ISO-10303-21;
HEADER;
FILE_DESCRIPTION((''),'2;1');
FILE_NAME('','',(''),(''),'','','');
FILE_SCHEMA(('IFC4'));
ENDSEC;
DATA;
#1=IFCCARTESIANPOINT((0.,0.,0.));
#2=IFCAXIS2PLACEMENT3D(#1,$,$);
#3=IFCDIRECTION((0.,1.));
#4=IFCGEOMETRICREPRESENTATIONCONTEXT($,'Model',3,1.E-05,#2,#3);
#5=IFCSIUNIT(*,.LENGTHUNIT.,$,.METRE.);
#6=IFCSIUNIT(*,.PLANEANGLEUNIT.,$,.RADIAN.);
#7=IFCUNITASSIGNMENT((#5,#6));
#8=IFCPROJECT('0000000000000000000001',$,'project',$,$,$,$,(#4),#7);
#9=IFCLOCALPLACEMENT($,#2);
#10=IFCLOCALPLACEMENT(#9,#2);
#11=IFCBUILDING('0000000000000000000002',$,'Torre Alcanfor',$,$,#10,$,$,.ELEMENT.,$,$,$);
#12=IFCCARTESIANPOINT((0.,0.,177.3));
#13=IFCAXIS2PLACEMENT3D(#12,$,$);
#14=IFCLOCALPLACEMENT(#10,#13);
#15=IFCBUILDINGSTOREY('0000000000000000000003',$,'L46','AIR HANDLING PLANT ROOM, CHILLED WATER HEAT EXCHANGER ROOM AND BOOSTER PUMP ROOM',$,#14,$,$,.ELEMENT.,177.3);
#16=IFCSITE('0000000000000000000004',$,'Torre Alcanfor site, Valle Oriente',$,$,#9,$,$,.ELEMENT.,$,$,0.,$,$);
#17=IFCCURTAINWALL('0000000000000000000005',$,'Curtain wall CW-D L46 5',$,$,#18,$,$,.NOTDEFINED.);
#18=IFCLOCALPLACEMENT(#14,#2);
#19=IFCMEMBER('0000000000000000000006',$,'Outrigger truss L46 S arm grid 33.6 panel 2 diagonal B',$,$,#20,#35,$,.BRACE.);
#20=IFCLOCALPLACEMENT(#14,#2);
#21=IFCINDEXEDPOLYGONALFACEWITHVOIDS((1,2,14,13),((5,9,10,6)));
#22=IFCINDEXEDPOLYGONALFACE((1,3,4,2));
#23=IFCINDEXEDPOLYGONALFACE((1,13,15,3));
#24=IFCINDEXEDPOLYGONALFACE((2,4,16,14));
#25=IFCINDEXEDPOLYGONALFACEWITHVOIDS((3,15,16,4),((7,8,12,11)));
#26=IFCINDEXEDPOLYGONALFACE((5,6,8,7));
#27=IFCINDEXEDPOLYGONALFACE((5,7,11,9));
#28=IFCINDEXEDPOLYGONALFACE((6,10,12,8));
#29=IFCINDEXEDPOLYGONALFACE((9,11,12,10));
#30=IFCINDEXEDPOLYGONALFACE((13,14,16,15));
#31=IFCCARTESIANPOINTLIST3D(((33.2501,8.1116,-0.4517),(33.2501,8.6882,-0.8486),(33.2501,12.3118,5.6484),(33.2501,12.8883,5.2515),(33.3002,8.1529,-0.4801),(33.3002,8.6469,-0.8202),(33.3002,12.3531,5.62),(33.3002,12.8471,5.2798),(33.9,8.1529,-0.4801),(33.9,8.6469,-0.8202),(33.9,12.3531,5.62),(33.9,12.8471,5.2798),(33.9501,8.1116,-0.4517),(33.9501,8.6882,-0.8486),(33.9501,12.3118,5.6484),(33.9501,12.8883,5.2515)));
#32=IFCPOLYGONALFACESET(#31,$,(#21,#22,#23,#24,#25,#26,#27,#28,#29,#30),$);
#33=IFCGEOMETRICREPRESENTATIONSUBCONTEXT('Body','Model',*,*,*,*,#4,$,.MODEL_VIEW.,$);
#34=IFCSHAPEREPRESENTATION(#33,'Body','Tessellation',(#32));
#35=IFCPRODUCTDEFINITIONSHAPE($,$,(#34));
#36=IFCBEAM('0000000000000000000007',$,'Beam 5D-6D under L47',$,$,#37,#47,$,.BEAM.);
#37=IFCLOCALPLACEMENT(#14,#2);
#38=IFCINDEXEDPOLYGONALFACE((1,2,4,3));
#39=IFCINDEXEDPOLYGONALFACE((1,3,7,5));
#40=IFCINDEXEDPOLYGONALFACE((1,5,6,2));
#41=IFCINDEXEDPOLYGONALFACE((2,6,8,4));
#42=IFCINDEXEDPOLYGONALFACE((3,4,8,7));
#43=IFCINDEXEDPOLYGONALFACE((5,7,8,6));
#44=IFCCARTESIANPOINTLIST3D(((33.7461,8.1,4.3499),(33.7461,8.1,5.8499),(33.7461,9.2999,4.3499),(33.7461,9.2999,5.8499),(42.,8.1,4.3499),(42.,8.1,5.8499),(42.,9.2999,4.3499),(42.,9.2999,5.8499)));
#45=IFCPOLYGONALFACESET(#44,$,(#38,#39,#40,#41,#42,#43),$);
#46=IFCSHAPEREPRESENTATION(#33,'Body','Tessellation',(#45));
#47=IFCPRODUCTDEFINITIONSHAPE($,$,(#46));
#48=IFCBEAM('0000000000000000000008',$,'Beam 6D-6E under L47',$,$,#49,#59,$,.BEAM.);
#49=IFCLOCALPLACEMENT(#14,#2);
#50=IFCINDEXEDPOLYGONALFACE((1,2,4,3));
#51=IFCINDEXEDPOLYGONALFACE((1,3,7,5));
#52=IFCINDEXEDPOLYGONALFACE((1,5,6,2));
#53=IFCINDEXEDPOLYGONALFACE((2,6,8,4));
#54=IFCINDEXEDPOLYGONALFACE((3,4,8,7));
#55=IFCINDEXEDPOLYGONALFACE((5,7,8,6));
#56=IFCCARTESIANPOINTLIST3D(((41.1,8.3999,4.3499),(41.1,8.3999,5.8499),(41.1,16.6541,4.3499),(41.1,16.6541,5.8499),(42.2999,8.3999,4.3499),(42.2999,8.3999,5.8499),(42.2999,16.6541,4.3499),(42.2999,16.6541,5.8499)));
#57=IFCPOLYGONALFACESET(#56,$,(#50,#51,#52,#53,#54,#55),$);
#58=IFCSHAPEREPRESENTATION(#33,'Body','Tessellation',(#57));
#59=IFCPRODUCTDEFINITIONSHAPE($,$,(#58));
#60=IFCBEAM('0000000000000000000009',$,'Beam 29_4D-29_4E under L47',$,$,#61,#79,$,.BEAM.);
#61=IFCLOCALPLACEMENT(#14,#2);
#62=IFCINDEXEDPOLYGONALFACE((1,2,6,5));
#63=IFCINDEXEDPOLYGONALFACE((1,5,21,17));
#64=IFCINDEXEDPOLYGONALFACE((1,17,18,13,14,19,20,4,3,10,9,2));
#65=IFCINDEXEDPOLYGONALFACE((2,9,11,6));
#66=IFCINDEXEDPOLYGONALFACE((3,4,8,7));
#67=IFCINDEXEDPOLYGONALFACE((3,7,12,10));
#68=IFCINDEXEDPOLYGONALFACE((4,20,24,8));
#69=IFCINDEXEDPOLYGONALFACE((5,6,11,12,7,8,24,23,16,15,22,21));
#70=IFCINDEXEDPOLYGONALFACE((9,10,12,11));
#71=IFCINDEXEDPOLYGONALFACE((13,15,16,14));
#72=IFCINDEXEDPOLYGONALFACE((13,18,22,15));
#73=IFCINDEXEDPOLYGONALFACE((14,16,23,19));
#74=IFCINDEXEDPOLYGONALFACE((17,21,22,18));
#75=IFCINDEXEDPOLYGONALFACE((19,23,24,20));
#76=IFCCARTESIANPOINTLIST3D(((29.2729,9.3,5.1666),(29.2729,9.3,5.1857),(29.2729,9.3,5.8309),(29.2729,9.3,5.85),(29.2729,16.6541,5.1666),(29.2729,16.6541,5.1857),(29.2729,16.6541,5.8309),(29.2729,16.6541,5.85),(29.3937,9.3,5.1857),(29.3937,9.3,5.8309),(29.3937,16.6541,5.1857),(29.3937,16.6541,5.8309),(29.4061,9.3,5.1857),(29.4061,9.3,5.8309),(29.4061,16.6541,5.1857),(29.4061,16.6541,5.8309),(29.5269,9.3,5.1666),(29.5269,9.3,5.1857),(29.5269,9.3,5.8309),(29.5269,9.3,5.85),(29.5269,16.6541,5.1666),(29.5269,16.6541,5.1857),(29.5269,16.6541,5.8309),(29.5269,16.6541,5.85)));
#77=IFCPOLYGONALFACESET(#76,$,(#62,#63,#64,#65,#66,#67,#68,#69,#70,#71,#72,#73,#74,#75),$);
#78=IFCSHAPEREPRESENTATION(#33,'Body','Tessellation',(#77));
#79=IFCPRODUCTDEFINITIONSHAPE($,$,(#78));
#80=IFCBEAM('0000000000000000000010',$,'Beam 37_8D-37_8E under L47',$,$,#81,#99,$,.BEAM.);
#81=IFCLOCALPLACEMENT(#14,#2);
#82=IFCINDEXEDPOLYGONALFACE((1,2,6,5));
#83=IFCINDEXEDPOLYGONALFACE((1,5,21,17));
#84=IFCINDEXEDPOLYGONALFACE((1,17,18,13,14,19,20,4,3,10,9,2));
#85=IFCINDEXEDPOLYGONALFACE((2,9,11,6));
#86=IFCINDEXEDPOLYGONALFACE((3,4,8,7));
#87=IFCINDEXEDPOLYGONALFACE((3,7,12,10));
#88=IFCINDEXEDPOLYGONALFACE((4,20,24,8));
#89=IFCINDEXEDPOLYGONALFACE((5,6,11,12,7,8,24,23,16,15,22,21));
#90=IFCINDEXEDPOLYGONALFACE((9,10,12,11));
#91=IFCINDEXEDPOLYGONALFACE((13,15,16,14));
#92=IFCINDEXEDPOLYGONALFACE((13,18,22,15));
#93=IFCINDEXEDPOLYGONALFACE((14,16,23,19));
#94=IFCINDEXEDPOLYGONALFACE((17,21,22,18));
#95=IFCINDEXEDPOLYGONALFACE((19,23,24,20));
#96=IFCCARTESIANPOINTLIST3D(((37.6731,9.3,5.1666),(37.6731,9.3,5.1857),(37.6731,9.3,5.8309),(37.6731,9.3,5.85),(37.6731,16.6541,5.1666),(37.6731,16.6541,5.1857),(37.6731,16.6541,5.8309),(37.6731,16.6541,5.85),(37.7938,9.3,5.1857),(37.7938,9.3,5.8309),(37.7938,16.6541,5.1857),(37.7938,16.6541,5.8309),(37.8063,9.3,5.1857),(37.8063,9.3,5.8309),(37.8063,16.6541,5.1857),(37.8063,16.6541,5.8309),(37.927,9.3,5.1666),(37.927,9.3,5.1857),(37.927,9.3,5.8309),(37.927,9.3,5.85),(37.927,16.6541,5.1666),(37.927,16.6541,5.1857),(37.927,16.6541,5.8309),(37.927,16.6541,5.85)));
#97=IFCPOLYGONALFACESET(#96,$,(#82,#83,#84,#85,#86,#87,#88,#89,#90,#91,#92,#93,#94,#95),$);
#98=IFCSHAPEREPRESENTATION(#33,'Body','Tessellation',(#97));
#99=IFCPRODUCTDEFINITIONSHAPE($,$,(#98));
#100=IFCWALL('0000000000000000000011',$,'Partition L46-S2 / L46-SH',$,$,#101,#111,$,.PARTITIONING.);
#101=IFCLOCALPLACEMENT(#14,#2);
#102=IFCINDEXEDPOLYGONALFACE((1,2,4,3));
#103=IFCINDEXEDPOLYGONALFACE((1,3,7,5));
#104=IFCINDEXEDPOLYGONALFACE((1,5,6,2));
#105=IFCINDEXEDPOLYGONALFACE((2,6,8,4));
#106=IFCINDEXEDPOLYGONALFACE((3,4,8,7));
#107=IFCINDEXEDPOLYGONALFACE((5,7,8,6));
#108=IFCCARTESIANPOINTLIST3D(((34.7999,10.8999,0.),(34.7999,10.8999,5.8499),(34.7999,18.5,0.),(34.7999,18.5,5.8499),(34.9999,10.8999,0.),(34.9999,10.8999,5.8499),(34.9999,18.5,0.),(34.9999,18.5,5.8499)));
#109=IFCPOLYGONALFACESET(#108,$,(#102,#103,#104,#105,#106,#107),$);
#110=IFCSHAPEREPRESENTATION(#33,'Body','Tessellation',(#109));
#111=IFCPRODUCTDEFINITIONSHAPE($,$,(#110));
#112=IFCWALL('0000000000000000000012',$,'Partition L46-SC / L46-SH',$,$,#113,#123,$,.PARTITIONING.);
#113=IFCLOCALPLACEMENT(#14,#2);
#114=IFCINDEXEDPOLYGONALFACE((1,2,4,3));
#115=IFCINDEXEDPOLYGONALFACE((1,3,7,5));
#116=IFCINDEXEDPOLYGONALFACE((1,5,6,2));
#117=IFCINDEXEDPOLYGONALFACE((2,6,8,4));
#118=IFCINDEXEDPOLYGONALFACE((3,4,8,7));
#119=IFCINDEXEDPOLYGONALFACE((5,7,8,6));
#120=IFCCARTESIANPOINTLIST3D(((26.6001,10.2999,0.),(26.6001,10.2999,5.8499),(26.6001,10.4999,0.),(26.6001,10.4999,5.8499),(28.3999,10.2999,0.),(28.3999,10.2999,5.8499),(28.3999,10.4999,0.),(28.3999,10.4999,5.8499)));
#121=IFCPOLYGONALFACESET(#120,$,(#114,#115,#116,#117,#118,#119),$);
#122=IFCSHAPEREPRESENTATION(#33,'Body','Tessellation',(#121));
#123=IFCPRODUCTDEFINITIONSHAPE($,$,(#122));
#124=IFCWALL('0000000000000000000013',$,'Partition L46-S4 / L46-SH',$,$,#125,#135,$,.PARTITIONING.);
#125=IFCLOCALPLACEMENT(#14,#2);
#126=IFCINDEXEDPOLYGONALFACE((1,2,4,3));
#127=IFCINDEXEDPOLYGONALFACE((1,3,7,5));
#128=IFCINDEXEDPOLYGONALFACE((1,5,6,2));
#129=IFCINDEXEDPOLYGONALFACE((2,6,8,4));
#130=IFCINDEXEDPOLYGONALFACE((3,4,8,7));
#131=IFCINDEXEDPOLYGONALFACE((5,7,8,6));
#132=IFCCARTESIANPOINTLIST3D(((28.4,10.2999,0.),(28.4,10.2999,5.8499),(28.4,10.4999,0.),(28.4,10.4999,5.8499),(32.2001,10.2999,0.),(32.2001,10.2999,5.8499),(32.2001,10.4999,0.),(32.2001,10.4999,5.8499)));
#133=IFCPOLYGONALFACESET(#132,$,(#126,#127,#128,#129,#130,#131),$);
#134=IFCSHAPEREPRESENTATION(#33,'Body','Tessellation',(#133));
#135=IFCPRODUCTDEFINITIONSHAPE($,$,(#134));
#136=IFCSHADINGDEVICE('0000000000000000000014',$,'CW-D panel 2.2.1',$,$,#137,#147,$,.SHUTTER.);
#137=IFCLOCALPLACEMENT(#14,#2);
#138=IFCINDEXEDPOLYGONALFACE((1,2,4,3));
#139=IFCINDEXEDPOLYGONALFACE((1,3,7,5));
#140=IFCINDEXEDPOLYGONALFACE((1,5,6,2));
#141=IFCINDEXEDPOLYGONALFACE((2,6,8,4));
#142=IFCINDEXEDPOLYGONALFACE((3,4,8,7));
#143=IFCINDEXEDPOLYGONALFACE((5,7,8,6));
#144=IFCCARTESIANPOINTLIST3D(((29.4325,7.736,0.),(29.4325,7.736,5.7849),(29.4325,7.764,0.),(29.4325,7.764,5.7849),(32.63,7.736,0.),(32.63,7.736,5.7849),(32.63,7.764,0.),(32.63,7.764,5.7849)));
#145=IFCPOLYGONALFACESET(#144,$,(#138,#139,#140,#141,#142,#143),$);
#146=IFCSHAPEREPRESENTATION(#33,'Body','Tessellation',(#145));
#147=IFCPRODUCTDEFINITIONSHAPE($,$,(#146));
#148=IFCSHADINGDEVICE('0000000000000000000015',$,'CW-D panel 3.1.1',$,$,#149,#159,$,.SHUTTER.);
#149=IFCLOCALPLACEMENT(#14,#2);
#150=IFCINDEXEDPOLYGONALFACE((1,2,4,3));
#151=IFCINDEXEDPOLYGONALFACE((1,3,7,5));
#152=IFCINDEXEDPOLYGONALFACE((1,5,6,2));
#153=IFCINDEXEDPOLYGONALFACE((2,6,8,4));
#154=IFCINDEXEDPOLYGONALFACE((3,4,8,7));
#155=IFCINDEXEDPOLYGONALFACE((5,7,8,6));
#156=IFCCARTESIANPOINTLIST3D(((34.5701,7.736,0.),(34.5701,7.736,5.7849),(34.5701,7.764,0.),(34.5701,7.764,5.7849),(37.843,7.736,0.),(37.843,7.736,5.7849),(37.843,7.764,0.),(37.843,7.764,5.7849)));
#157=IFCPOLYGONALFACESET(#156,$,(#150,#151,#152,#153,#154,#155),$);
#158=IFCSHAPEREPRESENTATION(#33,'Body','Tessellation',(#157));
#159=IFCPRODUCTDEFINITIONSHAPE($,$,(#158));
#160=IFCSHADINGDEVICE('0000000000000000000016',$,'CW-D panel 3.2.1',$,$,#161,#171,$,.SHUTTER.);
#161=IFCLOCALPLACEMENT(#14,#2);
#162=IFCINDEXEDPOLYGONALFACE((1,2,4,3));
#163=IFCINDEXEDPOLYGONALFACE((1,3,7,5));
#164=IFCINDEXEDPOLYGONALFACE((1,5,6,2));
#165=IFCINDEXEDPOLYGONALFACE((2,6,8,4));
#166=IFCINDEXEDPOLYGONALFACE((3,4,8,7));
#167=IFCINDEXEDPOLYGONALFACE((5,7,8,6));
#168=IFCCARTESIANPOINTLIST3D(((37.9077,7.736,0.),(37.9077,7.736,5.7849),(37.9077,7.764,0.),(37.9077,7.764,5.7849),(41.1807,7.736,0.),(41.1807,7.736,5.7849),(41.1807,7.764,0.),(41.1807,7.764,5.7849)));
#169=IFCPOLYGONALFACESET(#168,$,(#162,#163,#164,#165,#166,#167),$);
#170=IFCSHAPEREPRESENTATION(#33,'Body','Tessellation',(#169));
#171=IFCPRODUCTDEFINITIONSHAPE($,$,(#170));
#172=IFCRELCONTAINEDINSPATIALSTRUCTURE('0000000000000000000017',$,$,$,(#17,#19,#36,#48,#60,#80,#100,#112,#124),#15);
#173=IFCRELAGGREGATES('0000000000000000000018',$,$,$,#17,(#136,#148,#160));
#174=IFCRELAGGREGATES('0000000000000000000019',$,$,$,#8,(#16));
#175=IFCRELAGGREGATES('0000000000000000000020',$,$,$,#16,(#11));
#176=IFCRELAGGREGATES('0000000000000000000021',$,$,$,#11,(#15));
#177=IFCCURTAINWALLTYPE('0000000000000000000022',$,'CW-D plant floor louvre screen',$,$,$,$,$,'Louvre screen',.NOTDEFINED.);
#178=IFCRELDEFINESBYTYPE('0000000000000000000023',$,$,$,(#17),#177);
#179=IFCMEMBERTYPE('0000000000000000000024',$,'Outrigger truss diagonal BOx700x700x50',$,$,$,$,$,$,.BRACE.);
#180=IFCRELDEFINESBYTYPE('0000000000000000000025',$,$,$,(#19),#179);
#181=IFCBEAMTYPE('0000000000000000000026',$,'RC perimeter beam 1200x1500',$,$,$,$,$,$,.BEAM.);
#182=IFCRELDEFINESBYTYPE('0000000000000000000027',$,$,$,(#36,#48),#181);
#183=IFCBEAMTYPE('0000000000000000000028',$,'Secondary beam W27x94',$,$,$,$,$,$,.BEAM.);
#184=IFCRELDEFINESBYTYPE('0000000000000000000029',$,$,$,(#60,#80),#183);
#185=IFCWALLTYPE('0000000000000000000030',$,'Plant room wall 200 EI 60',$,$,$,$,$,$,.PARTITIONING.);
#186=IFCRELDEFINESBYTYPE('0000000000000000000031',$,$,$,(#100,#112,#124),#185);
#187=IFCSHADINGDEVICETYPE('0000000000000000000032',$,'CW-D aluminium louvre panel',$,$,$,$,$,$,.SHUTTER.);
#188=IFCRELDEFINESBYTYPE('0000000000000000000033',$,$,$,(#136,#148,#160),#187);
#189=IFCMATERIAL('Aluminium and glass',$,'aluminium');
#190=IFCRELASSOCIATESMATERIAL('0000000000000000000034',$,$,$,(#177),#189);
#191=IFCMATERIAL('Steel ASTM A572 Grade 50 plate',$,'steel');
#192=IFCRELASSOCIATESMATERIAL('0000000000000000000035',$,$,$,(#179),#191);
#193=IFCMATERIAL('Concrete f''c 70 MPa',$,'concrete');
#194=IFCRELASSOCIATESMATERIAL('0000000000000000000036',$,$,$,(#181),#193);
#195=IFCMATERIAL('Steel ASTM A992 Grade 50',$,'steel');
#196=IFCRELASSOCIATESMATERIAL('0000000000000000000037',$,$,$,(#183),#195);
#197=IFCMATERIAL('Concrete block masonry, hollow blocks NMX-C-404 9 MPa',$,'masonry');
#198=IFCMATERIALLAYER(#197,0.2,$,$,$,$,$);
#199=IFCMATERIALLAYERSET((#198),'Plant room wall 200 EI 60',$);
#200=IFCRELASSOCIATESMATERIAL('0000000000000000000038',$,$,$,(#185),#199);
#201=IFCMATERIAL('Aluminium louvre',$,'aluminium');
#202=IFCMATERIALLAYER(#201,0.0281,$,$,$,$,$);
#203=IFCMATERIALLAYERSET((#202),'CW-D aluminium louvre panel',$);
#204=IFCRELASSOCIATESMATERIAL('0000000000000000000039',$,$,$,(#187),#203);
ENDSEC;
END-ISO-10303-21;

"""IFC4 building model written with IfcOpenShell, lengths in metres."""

from ifc_helpers import new_model, si_unit, direction, frame, frame_2d, origin, origin_2d, place, context, subcontext, project, spatial, rectangle, hollow_rectangle, i_section, extrude, material, layer, layer_set, material_profile, profile_set, type_object, element, aggregate, save


model = new_model("IFC4")

# Units and contexts
model_context = context("Model", 3, precision=1e-05, world=origin(), true_north=direction((0.0, 1.0)))
body_context = subcontext(model_context, "Body", "Model", "MODEL_VIEW")
ifc_project = project(units=[si_unit("LENGTHUNIT", "METRE"), si_unit("PLANEANGLEUNIT", "RADIAN")], contexts=[model_context])

# Site, building, storey
site_placement = place(None, origin())
site = spatial("IfcSite", under=ifc_project, at=site_placement, Name="Torre Alcanfor site, Valle Oriente", CompositionType="ELEMENT", RefElevation=0.0)
building_placement = place(site_placement, origin())
building = spatial("IfcBuilding", under=site, at=building_placement, Name="Torre Alcanfor", CompositionType="ELEMENT")
storey_placement = place(building_placement, frame((0.0, 0.0, 177.3)))
storey = spatial("IfcBuildingStorey", under=building, at=storey_placement, Name="L46", Description="AIR HANDLING PLANT ROOM, CHILLED WATER HEAT EXCHANGER ROOM AND BOOSTER PUMP ROOM", CompositionType="ELEMENT", Elevation=177.3)

# Curtain wall
ifc_material_1 = material(Name="Aluminium and glass", Category="aluminium")
curtain_wall_type = type_object("IfcCurtainWallType", Name="CW-D plant floor louvre screen", ElementType="Louvre screen", PredefinedType="NOTDEFINED", material=ifc_material_1)
curtain_wall_placement = place(storey_placement, origin())
curtain_wall = element("IfcCurtainWall", 1, at=curtain_wall_placement, inside=storey, type_object=curtain_wall_type, Name="Curtain wall CW-D L46 5", PredefinedType="NOTDEFINED")

# Member
ifc_material_2 = material(Name="Steel ASTM A572 Grade 50 plate", Category="steel")
ifc_material_profile_1 = material_profile(ifc_material_2, hollow_rectangle(XDim=0.7, YDim=0.7, WallThickness=0.05, at=origin_2d()), Name="BOX 700x700x50")
ifc_profile_set_1 = profile_set([ifc_material_profile_1], Name="Steel ASTM A572 Grade 50 plate")
member_type_1 = type_object("IfcMemberType", Name="Outrigger truss diagonal BOx700x700x50", PredefinedType="BRACE", material=ifc_profile_set_1)
member_1_placement = place(storey_placement, frame((33.6001, 8.3999, -0.6501), z_axis=(0.0, 0.567113, 0.82364), x_axis=(-1.0, 0.0, 0.0)))
element("IfcMember", 2, at=member_1_placement, inside=storey, type_object=member_type_1, Name="Outrigger truss L46 S arm grid 33.6 panel 2 diagonal B", PredefinedType="BRACE", context=body_context, shape_type="SweptSolid", body=[
    extrude(hollow_rectangle(XDim=0.7, YDim=0.7, WallThickness=0.05, at=origin_2d()), origin(), (0.0, 0.0, 1.0), 7.4062),
])

# Beams
ifc_material_3 = material(Name="Concrete f'c 70 MPa", Category="concrete")
ifc_material_profile_2 = material_profile(ifc_material_3, rectangle(XDim=1.2, YDim=1.5, at=origin_2d()), Name="1200x1500")
ifc_profile_set_2 = profile_set([ifc_material_profile_2], Name="Concrete f'c 70 MPa")
beam_type_1 = type_object("IfcBeamType", Name="RC perimeter beam 1200x1500", PredefinedType="BEAM", material=ifc_profile_set_2)
beam_1_placement = place(storey_placement, frame((33.7461, 8.7, 5.0999), z_axis=(1.0, 0.0, 0.0), x_axis=(0.0, 1.0, 0.0)))
element("IfcBeam", 3, at=beam_1_placement, inside=storey, type_object=beam_type_1, Name="Beam 5D-6D under L47", PredefinedType="BEAM", context=body_context, shape_type="SweptSolid", body=[
    extrude(rectangle(XDim=1.2, YDim=1.5, at=origin_2d()), origin(), (0.0, 0.0, 1.0), 8.2539),
])
beam_2_placement = place(storey_placement, frame((41.7, 8.3999, 5.0999), z_axis=(0.0, 1.0, 0.0), x_axis=(-1.0, 0.0, 0.0)))
element("IfcBeam", 4, at=beam_2_placement, inside=storey, type_object=beam_type_1, Name="Beam 6D-6E under L47", PredefinedType="BEAM", context=body_context, shape_type="SweptSolid", body=[
    extrude(rectangle(XDim=1.2, YDim=1.5, at=origin_2d()), origin(), (0.0, 0.0, 1.0), 8.2542),
])
ifc_material_4 = material(Name="Steel ASTM A992 Grade 50", Category="steel")
ifc_material_profile_3 = material_profile(ifc_material_4, i_section(OverallWidth=0.2539, OverallDepth=0.6833, WebThickness=0.0125, FlangeThickness=0.019, at=origin_2d()), Name="W27x94")
ifc_profile_set_3 = profile_set([ifc_material_profile_3], Name="Steel ASTM A992 Grade 50")
beam_type_2 = type_object("IfcBeamType", Name="Secondary beam W27x94", PredefinedType="BEAM", material=ifc_profile_set_3)
for number, where, z_axis, x_axis, name in (
    (5, (29.3999, 9.3, 5.5083), (0.0, 1.0, 0.0), (-1.0, 0.0, 0.0), "Beam 29_4D-29_4E under L47"),
    (6, (37.8, 9.3, 5.5083), (0.0, 1.0, 0.0), (-1.0, 0.0, 0.0), "Beam 37_8D-37_8E under L47"),
):
    element("IfcBeam", number, at=place(storey_placement, frame(where, z_axis=z_axis, x_axis=x_axis)), inside=storey, type_object=beam_type_2, Name=name, PredefinedType="BEAM", context=body_context, shape_type="SweptSolid", body=[
        extrude(i_section(OverallWidth=0.2539, OverallDepth=0.6833, WebThickness=0.0125, FlangeThickness=0.019, at=origin_2d()), origin(), (0.0, 0.0, 1.0), 7.354),
    ])

# Walls
ifc_material_5 = material(Name="Concrete block masonry, hollow blocks NMX-C-404 9 MPa", Category="masonry")
ifc_layer_1 = layer(ifc_material_5, 0.2)
ifc_layer_set_1 = layer_set([ifc_layer_1], Name="Plant room wall 200 EI 60")
wall_type_1 = type_object("IfcWallType", Name="Plant room wall 200 EI 60", PredefinedType="PARTITIONING", material=ifc_layer_set_1)
wall_1_placement = place(storey_placement, frame((34.8999, 10.8999, 0.0), z_axis=(0.0, 0.0, 1.0), x_axis=(0.0, 1.0, 0.0)))
element("IfcWall", 7, at=wall_1_placement, inside=storey, type_object=wall_type_1, Name="Partition L46-S2 / L46-SH", PredefinedType="PARTITIONING", context=body_context, shape_type="SweptSolid", body=[
    extrude(rectangle(XDim=7.6001, YDim=0.2, at=frame_2d((3.8, 0.0))), origin(), (0.0, 0.0, 1.0), 5.8499),
])
wall_2_placement = place(storey_placement, frame((28.3999, 10.3999, 0.0), z_axis=(0.0, 0.0, 1.0), x_axis=(-1.0, 0.0, 0.0)))
element("IfcWall", 8, at=wall_2_placement, inside=storey, type_object=wall_type_1, Name="Partition L46-SC / L46-SH", PredefinedType="PARTITIONING", context=body_context, shape_type="SweptSolid", body=[
    extrude(rectangle(XDim=1.7998, YDim=0.2, at=frame_2d((0.8999, 0.0))), origin(), (0.0, 0.0, 1.0), 5.8499),
])
wall_3_placement = place(storey_placement, frame((32.2, 10.3999, 0.0), z_axis=(0.0, 0.0, 1.0), x_axis=(-1.0, 0.0, 0.0)))
element("IfcWall", 9, at=wall_3_placement, inside=storey, type_object=wall_type_1, Name="Partition L46-S4 / L46-SH", PredefinedType="PARTITIONING", context=body_context, shape_type="SweptSolid", body=[
    extrude(rectangle(XDim=3.8, YDim=0.2, at=frame_2d((1.8999, 0.0))), origin(), (0.0, 0.0, 1.0), 5.8499),
])

# Shading devices
ifc_material_6 = material(Name="Aluminium louvre", Category="aluminium")
ifc_layer_2 = layer(ifc_material_6, 0.0281)
ifc_layer_set_2 = layer_set([ifc_layer_2], Name="CW-D aluminium louvre panel")
shading_device_type = type_object("IfcShadingDeviceType", Name="CW-D aluminium louvre panel", PredefinedType="SHUTTER", material=ifc_layer_set_2)
shading_device_1_placement = place(storey_placement, frame((31.0312, 7.75, 0.0), z_axis=(0.0, 0.0, 1.0), x_axis=(1.0, 0.0, 0.0)))
shading_device_1 = element("IfcShadingDevice", 10, at=shading_device_1_placement, type_object=shading_device_type, Name="CW-D panel 2.2.1", PredefinedType="SHUTTER", context=body_context, shape_type="SweptSolid", body=[
    extrude(rectangle(XDim=3.1975, YDim=0.0281, at=origin_2d()), origin(), (0.0, 0.0, 1.0), 5.7849),
])
shading_device_2_placement = place(storey_placement, frame((36.2065, 7.75, 0.0), z_axis=(0.0, 0.0, 1.0), x_axis=(1.0, 0.0, 0.0)))
shading_device_2 = element("IfcShadingDevice", 11, at=shading_device_2_placement, type_object=shading_device_type, Name="CW-D panel 3.1.1", PredefinedType="SHUTTER", context=body_context, shape_type="SweptSolid", body=[
    extrude(rectangle(XDim=3.2729, YDim=0.0281, at=origin_2d()), origin(), (0.0, 0.0, 1.0), 5.7849),
])
shading_device_3_placement = place(storey_placement, frame((39.5442, 7.75, 0.0), z_axis=(0.0, 0.0, 1.0), x_axis=(1.0, 0.0, 0.0)))
shading_device_3 = element("IfcShadingDevice", 12, at=shading_device_3_placement, type_object=shading_device_type, Name="CW-D panel 3.2.1", PredefinedType="SHUTTER", context=body_context, shape_type="SweptSolid", body=[
    extrude(rectangle(XDim=3.2729, YDim=0.0281, at=origin_2d()), origin(), (0.0, 0.0, 1.0), 5.7849),
])
aggregate(curtain_wall, [shading_device_1, shading_device_2, shading_device_3])

save(model, "model.ifc")
